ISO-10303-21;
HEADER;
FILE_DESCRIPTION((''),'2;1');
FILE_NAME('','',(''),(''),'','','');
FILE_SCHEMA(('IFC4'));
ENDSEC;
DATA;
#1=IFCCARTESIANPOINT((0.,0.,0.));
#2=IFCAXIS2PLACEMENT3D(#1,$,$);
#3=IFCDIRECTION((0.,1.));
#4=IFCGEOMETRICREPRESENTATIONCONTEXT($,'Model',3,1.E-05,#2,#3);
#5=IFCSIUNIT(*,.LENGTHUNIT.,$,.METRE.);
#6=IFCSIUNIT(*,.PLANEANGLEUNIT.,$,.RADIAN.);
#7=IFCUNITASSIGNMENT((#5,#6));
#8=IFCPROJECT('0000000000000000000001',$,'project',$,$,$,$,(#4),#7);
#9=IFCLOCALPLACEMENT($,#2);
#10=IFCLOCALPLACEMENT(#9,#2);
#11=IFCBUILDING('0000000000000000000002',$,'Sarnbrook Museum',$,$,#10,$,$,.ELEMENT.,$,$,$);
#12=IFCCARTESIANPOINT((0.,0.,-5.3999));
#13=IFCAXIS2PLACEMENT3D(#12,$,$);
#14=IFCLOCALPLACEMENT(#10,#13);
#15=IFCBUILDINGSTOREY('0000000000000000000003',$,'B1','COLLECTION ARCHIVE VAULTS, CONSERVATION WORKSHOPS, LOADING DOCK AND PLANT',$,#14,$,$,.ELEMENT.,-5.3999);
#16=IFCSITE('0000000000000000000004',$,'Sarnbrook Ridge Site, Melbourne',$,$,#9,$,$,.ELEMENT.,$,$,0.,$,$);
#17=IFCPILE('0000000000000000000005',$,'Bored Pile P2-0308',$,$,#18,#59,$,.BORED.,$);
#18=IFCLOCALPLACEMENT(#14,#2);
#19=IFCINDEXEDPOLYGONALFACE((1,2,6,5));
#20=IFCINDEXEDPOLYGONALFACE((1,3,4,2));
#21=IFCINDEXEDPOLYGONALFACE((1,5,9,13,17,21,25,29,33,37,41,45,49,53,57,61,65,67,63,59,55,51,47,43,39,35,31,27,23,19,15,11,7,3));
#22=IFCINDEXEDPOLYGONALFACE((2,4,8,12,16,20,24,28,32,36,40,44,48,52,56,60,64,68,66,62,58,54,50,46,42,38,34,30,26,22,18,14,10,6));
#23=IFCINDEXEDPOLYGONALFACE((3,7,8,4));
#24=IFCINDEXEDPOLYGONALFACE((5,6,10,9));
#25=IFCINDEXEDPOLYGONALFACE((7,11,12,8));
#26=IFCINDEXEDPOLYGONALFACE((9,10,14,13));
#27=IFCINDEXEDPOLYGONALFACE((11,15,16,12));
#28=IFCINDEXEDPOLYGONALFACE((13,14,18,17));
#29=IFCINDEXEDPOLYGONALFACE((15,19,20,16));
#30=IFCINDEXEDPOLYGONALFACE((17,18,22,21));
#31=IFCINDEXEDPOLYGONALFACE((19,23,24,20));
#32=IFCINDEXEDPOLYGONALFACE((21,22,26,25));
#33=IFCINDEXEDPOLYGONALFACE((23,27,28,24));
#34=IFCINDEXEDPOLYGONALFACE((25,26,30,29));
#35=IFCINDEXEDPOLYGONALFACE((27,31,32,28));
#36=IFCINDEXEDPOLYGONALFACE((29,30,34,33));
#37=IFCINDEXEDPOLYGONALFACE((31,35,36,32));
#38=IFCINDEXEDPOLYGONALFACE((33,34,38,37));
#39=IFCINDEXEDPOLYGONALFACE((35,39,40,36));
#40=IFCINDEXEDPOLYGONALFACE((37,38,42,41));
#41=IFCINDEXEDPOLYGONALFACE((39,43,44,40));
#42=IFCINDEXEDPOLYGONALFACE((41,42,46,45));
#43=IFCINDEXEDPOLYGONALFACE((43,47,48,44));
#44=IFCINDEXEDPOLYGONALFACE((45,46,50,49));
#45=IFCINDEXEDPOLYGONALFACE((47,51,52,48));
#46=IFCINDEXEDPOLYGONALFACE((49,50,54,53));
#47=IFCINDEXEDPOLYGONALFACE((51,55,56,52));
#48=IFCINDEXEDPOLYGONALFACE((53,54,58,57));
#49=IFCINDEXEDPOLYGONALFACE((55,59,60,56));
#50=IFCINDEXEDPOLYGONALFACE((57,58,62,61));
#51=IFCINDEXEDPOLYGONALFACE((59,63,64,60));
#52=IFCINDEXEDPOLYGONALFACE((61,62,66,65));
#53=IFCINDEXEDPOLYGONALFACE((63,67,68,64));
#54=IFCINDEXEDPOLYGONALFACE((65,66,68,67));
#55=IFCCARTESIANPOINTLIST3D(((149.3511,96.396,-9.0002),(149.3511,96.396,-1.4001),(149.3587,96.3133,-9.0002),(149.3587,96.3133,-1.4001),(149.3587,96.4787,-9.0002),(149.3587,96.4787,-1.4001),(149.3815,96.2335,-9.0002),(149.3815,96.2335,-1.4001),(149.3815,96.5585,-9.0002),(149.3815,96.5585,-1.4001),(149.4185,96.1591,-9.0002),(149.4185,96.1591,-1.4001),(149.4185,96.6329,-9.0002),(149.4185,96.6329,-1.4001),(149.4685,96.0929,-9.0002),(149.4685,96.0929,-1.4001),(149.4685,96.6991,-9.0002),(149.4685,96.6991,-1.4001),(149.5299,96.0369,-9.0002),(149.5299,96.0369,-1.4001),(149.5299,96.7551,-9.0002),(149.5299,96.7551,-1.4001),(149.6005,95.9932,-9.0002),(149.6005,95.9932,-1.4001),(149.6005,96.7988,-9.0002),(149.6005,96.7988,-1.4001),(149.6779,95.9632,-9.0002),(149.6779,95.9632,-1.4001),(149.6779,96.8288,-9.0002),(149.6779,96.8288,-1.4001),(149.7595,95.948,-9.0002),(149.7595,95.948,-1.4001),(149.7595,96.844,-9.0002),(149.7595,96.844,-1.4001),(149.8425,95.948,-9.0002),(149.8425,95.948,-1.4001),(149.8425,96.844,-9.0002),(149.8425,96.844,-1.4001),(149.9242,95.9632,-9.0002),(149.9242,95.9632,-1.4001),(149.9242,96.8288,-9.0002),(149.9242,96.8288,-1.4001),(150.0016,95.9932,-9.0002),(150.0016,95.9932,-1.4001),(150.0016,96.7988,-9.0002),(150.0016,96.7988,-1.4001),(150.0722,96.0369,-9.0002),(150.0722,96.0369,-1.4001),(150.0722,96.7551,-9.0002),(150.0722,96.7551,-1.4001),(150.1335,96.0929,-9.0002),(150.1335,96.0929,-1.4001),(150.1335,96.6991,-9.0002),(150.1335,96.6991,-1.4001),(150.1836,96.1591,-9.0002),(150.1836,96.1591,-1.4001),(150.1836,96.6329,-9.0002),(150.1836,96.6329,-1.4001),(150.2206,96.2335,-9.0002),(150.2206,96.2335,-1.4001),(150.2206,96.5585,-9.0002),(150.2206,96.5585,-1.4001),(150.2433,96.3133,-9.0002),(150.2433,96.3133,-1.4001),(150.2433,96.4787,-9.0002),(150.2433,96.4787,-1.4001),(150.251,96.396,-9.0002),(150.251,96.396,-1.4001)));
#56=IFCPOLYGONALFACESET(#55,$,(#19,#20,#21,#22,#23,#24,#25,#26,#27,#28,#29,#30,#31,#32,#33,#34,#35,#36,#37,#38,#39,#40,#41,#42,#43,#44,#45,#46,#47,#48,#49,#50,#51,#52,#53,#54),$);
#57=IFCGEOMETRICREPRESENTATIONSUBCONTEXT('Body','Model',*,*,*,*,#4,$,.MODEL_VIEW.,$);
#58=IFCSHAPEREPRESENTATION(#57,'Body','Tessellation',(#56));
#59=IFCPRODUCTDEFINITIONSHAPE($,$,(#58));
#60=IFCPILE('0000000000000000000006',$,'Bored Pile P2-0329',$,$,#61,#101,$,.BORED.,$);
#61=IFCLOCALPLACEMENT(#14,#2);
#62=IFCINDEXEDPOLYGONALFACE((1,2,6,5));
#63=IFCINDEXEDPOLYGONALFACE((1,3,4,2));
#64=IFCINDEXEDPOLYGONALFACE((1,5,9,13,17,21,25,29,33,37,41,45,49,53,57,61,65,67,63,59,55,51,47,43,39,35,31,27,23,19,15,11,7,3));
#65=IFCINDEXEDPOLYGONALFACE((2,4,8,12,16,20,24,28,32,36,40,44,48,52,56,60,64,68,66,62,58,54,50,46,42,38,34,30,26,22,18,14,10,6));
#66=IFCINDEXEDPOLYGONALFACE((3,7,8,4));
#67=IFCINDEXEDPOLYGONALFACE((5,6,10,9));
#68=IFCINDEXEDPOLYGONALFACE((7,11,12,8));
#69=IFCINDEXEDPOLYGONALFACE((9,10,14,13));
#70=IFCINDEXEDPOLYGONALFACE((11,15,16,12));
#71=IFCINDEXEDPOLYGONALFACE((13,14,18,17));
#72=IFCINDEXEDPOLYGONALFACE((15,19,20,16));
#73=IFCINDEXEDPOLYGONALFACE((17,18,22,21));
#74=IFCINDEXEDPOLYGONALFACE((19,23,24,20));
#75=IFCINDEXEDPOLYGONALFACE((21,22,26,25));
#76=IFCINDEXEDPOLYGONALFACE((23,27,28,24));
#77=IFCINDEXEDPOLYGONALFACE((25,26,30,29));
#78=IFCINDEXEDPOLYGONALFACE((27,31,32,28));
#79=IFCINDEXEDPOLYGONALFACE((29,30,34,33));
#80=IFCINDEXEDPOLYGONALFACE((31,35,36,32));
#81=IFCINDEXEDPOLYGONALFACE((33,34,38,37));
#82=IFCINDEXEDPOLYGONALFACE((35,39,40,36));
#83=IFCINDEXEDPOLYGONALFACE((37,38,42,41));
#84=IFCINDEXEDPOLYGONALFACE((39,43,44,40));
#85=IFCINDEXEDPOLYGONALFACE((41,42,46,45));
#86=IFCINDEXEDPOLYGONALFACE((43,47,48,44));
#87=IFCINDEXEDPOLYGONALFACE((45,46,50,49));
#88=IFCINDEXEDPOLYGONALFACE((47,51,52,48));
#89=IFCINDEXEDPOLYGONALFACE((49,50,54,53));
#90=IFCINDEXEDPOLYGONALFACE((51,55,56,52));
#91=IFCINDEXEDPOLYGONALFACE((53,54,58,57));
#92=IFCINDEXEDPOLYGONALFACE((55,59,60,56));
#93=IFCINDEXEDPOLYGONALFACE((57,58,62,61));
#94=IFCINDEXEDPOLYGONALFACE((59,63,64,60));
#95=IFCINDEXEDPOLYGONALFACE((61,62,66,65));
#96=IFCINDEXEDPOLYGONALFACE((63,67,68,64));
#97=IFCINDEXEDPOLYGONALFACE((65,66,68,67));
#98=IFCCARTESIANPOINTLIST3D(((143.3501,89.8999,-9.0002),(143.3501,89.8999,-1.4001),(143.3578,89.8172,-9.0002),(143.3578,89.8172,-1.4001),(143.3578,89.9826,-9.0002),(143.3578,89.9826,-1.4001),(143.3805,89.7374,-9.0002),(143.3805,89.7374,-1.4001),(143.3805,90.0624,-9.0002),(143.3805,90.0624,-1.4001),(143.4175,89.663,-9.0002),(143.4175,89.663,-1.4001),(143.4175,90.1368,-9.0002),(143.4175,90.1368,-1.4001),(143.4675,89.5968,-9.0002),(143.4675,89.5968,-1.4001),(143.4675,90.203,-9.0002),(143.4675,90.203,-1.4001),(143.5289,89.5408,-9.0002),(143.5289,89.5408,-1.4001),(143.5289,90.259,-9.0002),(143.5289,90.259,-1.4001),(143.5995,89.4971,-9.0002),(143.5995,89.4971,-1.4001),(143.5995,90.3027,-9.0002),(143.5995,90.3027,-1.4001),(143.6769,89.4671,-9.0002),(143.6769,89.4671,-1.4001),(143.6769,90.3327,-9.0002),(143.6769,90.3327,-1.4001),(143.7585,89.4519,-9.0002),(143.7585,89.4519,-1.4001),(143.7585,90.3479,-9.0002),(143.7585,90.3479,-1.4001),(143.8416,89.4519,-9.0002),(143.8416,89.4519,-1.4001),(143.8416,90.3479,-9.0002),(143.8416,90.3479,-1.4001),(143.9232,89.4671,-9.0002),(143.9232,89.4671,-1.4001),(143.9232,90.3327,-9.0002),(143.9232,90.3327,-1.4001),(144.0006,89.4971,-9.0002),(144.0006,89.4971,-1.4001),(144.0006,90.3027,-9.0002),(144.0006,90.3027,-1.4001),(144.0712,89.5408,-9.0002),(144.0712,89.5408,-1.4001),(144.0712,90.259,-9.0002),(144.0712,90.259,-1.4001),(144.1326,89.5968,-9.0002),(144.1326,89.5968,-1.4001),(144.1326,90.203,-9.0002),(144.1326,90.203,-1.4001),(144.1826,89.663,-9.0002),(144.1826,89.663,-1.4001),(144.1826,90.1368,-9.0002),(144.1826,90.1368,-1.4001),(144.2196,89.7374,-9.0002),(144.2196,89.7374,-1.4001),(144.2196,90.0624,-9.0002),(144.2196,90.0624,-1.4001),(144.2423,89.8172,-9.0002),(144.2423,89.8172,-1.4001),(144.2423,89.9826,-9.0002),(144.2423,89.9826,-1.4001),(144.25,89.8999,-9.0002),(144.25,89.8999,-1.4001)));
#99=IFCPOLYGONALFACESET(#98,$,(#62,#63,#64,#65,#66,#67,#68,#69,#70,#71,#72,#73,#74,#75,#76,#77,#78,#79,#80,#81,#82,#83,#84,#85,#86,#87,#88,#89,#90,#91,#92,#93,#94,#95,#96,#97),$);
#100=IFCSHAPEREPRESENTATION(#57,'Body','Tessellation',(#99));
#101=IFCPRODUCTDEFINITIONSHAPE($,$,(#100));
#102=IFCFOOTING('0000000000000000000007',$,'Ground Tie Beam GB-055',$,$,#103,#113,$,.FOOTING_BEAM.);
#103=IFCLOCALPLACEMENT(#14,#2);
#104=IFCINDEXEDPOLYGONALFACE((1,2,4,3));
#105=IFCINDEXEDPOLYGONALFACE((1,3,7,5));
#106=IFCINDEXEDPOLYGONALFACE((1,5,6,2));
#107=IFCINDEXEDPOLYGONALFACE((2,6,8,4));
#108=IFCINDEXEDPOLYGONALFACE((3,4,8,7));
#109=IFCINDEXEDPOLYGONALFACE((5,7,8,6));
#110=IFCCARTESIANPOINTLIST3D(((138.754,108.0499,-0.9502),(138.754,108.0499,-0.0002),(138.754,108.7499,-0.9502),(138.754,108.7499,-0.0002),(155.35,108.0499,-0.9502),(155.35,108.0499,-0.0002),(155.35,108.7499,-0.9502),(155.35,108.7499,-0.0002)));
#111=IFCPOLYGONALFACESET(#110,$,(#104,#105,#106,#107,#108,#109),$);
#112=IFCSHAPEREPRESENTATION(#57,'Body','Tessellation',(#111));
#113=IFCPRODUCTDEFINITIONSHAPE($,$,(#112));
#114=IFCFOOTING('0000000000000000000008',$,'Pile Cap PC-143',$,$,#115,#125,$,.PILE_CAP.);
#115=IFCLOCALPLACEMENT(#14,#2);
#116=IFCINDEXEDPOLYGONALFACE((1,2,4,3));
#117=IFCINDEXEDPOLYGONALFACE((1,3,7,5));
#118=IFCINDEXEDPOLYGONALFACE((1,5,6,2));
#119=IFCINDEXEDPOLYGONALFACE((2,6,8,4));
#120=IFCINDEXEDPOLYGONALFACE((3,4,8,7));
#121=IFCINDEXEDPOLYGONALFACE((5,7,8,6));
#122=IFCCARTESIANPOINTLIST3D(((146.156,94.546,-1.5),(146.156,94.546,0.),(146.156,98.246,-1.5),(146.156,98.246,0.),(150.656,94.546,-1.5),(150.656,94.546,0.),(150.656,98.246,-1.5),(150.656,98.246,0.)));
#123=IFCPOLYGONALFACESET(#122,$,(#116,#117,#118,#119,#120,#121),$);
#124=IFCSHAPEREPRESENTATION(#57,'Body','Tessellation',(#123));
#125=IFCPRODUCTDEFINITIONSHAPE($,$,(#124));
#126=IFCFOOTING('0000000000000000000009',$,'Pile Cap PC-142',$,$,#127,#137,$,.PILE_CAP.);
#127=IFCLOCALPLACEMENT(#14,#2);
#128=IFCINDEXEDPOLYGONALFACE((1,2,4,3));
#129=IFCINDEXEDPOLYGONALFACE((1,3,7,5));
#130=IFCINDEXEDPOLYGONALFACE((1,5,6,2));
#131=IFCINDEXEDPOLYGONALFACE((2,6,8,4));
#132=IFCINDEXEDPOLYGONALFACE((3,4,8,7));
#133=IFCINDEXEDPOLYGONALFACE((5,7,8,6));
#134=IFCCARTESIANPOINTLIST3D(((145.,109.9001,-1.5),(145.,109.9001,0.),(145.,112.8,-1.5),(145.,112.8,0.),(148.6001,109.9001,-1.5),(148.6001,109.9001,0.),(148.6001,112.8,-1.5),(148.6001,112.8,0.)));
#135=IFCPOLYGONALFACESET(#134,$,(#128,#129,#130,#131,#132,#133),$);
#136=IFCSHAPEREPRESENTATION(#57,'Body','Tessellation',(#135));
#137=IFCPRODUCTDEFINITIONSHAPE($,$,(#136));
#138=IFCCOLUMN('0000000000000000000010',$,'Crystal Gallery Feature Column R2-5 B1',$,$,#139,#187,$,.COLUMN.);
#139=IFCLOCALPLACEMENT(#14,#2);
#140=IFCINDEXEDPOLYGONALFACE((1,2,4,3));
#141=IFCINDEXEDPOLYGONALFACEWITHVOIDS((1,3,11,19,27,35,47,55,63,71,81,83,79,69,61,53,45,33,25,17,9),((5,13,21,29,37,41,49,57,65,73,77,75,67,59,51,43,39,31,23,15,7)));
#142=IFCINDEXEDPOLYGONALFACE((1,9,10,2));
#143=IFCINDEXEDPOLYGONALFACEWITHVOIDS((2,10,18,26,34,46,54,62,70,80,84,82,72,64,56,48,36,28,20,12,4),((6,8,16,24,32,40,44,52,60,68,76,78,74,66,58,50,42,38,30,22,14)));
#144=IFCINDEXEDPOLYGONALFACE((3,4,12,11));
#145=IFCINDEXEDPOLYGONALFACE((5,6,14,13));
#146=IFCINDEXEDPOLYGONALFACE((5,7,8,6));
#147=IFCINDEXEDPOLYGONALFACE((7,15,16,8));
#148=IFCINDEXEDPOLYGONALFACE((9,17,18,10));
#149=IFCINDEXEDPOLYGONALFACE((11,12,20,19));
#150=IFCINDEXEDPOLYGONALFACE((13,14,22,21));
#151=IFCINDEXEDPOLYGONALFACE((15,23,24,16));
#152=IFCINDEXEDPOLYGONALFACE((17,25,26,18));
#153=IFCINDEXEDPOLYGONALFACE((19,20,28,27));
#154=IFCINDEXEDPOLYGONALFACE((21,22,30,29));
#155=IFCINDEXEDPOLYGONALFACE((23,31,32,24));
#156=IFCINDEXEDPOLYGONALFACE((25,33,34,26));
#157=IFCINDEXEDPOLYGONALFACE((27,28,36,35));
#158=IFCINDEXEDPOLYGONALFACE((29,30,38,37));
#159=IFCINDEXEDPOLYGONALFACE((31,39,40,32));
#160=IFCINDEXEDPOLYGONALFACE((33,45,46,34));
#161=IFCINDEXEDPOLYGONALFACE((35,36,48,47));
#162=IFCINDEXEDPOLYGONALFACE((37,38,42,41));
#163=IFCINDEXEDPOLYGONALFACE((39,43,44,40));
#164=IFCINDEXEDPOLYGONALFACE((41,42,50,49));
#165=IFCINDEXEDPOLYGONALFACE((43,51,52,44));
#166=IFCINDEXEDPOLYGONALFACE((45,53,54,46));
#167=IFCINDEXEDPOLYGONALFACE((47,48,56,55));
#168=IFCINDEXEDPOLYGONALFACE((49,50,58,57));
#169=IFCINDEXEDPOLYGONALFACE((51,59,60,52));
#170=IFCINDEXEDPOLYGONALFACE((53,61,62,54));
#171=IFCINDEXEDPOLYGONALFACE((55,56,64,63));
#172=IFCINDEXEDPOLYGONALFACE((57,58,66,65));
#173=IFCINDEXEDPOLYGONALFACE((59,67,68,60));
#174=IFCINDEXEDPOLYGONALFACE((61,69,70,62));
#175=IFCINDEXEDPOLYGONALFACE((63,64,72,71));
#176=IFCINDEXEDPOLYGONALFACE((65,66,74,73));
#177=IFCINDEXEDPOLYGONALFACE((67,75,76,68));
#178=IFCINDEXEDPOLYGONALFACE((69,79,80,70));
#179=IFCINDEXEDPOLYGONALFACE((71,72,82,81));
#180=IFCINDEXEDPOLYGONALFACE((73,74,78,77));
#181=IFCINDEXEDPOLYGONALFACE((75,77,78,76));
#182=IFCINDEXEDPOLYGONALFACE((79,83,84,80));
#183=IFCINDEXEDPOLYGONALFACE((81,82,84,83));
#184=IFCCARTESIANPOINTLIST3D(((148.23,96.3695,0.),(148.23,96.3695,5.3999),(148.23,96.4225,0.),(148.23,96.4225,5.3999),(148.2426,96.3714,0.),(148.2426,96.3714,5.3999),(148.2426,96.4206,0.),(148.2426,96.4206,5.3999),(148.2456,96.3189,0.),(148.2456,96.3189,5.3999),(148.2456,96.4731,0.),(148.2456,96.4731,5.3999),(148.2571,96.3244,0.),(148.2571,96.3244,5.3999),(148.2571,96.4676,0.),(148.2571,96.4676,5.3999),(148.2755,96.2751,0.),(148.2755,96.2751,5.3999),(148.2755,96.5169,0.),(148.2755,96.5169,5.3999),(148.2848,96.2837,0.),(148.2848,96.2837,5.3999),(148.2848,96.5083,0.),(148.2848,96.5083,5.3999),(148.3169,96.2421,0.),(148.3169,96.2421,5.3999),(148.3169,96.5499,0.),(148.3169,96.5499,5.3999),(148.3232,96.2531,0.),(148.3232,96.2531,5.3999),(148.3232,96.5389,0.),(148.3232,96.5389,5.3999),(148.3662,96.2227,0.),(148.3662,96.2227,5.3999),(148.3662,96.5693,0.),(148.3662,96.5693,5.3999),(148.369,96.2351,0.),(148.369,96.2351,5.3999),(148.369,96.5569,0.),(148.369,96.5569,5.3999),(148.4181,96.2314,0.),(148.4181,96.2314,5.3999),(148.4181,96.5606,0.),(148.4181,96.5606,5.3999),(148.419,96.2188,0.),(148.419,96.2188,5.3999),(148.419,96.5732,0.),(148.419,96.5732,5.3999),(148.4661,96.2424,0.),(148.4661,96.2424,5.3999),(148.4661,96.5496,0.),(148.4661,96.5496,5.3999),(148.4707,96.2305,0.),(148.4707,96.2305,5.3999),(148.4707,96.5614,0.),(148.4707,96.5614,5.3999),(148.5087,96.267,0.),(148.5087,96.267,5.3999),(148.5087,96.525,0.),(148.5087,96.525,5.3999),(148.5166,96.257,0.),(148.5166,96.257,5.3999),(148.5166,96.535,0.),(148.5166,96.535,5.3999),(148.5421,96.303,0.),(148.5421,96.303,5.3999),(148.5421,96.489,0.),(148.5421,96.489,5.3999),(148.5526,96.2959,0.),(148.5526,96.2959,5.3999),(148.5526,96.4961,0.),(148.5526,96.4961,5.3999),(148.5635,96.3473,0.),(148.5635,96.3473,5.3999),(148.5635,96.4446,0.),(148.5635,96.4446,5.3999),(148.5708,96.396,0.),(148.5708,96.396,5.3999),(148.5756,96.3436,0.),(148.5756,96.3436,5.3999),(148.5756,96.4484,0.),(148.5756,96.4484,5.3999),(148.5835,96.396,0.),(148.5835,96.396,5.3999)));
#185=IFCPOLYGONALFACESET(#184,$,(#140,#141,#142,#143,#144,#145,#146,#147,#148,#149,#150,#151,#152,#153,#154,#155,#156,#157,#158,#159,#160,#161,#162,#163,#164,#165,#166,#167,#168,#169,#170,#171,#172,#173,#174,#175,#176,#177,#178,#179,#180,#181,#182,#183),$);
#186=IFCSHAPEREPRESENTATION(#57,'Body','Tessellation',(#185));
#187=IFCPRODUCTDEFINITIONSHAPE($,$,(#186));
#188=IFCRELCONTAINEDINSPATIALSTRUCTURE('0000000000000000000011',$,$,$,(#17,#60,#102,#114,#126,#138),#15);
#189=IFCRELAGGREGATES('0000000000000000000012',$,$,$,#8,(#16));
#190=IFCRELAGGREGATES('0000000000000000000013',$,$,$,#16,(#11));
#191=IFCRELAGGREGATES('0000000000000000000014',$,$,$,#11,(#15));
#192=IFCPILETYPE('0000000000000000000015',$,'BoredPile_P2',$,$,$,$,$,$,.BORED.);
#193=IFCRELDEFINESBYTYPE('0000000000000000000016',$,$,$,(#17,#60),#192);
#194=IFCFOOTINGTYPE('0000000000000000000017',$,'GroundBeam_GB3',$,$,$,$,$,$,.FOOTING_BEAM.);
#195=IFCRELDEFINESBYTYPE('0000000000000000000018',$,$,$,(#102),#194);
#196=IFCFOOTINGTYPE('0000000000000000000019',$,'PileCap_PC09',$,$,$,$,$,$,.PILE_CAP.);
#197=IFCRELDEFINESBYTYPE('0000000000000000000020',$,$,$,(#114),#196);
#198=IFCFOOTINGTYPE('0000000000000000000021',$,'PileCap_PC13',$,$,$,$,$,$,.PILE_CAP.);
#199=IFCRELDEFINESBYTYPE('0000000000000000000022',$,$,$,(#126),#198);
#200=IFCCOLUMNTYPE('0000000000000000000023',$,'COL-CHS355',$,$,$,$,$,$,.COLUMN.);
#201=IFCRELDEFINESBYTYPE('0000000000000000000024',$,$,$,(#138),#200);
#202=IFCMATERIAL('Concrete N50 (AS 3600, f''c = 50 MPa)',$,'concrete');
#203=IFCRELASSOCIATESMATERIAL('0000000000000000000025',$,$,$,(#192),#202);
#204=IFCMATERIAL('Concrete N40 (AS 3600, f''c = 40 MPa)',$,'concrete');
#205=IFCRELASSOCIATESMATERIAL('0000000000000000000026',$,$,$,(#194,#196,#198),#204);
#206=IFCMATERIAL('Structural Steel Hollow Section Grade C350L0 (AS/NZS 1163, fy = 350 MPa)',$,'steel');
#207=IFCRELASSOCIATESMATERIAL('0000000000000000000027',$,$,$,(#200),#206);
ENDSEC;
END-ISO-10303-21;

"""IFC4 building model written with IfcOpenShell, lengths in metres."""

from ifc_helpers import new_model, si_unit, direction, frame, origin, origin_2d, place, context, subcontext, project, spatial, rectangle, circle, hollow_circle, extrude, material, material_profile, profile_set, type_object, element, save


model = new_model("IFC4")

# Units and contexts
model_context = context("Model", 3, precision=1e-05, world=origin(), true_north=direction((0.0, 1.0)))
body_context = subcontext(model_context, "Body", "Model", "MODEL_VIEW")
ifc_project = project(units=[si_unit("LENGTHUNIT", "METRE"), si_unit("PLANEANGLEUNIT", "RADIAN")], contexts=[model_context])

# Site, building, storey
site_placement = place(None, origin())
site = spatial("IfcSite", under=ifc_project, at=site_placement, Name="Sarnbrook Ridge Site, Melbourne", CompositionType="ELEMENT", RefElevation=0.0)
building_placement = place(site_placement, origin())
building = spatial("IfcBuilding", under=site, at=building_placement, Name="Sarnbrook Museum", CompositionType="ELEMENT")
storey_placement = place(building_placement, frame((0.0, 0.0, -5.3999)))
storey = spatial("IfcBuildingStorey", under=building, at=storey_placement, Name="B1", Description="COLLECTION ARCHIVE VAULTS, CONSERVATION WORKSHOPS, LOADING DOCK AND PLANT", CompositionType="ELEMENT", Elevation=-5.3999)

# Piles
ifc_material_1 = material(Name="Concrete N50 (AS 3600, f'c = 50 MPa)", Category="concrete")
ifc_material_profile_1 = material_profile(ifc_material_1, circle(Radius=0.45, at=origin_2d()), Name="BORED PILE D900")
ifc_profile_set_1 = profile_set([ifc_material_profile_1], Name="Concrete N50 (AS 3600, f'c = 50 MPa)")
pile_type_1 = type_object("IfcPileType", Name="BoredPile_P2", PredefinedType="BORED", material=ifc_profile_set_1)
for number, where, z_axis, x_axis, name in (
    (1, (149.801, 96.396, -1.4001), (0.0, 0.0, -1.0), (1.0, 0.0, 0.0), "Bored Pile P2-0308"),
    (2, (143.8, 89.8999, -1.4001), (0.0, 0.0, -1.0), (1.0, 0.0, 0.0), "Bored Pile P2-0329"),
):
    element("IfcPile", number, at=place(storey_placement, frame(where, z_axis=z_axis, x_axis=x_axis)), inside=storey, type_object=pile_type_1, Name=name, PredefinedType="BORED", context=body_context, shape_type="SweptSolid", body=[
        extrude(circle(Radius=0.45, at=origin_2d()), origin(), (0.0, 0.0, 1.0), 7.6001),
    ])

# Footings
ifc_material_2 = material(Name="Concrete N40 (AS 3600, f'c = 40 MPa)", Category="concrete")
footing_type_1 = type_object("IfcFootingType", Name="GroundBeam_GB3", PredefinedType="FOOTING_BEAM", material=ifc_material_2)
footing_1_placement = place(storey_placement, frame((147.052, 108.3999, -0.9502), z_axis=(0.0, 0.0, 1.0), x_axis=(1.0, 0.0, 0.0)))
element("IfcFooting", 3, at=footing_1_placement, inside=storey, type_object=footing_type_1, Name="Ground Tie Beam GB-055", PredefinedType="FOOTING_BEAM", context=body_context, shape_type="SweptSolid", body=[
    extrude(rectangle(XDim=16.5959, YDim=0.7, at=origin_2d()), origin(), (0.0, 0.0, 1.0), 0.95),
])
footing_type_2 = type_object("IfcFootingType", Name="PileCap_PC09", PredefinedType="PILE_CAP", material=ifc_material_2)
footing_2_placement = place(storey_placement, frame((148.406, 96.396, -1.5), z_axis=(0.0, 0.0, 1.0), x_axis=(1.0, 0.0, 0.0)))
element("IfcFooting", 4, at=footing_2_placement, inside=storey, type_object=footing_type_2, Name="Pile Cap PC-143", PredefinedType="PILE_CAP", context=body_context, shape_type="SweptSolid", body=[
    extrude(rectangle(XDim=4.5, YDim=3.7, at=origin_2d()), origin(), (0.0, 0.0, 1.0), 1.5),
])
footing_type_3 = type_object("IfcFootingType", Name="PileCap_PC13", PredefinedType="PILE_CAP", material=ifc_material_2)
footing_3_placement = place(storey_placement, frame((146.8, 111.3501, -1.5), z_axis=(0.0, 0.0, 1.0), x_axis=(1.0, 0.0, 0.0)))
element("IfcFooting", 5, at=footing_3_placement, inside=storey, type_object=footing_type_3, Name="Pile Cap PC-142", PredefinedType="PILE_CAP", context=body_context, shape_type="SweptSolid", body=[
    extrude(rectangle(XDim=3.6001, YDim=2.8999, at=origin_2d()), origin(), (0.0, 0.0, 1.0), 1.5),
])

# Column
ifc_material_3 = material(Name="Structural Steel Hollow Section Grade C350L0 (AS/NZS 1163, fy = 350 MPa)", Category="steel")
ifc_material_profile_2 = material_profile(ifc_material_3, hollow_circle(Radius=0.1777, WallThickness=0.0127, at=origin_2d()), Name="355.6x12.7CHS")
ifc_profile_set_2 = profile_set([ifc_material_profile_2], Name="Structural Steel Hollow Section Grade C350L0 (AS/NZS 1163, fy = 350 MPa)")
column_type_1 = type_object("IfcColumnType", Name="COL-CHS355", PredefinedType="COLUMN", material=ifc_profile_set_2)
column_1_placement = place(storey_placement, frame((148.4058, 96.396, 0.0), z_axis=(0.0, 0.0, 1.0), x_axis=(1.0, 0.0, 0.0)))
element("IfcColumn", 6, at=column_1_placement, inside=storey, type_object=column_type_1, Name="Crystal Gallery Feature Column R2-5 B1", PredefinedType="COLUMN", context=body_context, shape_type="SweptSolid", body=[
    extrude(hollow_circle(Radius=0.1777, WallThickness=0.0127, at=origin_2d()), origin(), (0.0, 0.0, 1.0), 5.3999),
])

save(model, "model.ifc")
